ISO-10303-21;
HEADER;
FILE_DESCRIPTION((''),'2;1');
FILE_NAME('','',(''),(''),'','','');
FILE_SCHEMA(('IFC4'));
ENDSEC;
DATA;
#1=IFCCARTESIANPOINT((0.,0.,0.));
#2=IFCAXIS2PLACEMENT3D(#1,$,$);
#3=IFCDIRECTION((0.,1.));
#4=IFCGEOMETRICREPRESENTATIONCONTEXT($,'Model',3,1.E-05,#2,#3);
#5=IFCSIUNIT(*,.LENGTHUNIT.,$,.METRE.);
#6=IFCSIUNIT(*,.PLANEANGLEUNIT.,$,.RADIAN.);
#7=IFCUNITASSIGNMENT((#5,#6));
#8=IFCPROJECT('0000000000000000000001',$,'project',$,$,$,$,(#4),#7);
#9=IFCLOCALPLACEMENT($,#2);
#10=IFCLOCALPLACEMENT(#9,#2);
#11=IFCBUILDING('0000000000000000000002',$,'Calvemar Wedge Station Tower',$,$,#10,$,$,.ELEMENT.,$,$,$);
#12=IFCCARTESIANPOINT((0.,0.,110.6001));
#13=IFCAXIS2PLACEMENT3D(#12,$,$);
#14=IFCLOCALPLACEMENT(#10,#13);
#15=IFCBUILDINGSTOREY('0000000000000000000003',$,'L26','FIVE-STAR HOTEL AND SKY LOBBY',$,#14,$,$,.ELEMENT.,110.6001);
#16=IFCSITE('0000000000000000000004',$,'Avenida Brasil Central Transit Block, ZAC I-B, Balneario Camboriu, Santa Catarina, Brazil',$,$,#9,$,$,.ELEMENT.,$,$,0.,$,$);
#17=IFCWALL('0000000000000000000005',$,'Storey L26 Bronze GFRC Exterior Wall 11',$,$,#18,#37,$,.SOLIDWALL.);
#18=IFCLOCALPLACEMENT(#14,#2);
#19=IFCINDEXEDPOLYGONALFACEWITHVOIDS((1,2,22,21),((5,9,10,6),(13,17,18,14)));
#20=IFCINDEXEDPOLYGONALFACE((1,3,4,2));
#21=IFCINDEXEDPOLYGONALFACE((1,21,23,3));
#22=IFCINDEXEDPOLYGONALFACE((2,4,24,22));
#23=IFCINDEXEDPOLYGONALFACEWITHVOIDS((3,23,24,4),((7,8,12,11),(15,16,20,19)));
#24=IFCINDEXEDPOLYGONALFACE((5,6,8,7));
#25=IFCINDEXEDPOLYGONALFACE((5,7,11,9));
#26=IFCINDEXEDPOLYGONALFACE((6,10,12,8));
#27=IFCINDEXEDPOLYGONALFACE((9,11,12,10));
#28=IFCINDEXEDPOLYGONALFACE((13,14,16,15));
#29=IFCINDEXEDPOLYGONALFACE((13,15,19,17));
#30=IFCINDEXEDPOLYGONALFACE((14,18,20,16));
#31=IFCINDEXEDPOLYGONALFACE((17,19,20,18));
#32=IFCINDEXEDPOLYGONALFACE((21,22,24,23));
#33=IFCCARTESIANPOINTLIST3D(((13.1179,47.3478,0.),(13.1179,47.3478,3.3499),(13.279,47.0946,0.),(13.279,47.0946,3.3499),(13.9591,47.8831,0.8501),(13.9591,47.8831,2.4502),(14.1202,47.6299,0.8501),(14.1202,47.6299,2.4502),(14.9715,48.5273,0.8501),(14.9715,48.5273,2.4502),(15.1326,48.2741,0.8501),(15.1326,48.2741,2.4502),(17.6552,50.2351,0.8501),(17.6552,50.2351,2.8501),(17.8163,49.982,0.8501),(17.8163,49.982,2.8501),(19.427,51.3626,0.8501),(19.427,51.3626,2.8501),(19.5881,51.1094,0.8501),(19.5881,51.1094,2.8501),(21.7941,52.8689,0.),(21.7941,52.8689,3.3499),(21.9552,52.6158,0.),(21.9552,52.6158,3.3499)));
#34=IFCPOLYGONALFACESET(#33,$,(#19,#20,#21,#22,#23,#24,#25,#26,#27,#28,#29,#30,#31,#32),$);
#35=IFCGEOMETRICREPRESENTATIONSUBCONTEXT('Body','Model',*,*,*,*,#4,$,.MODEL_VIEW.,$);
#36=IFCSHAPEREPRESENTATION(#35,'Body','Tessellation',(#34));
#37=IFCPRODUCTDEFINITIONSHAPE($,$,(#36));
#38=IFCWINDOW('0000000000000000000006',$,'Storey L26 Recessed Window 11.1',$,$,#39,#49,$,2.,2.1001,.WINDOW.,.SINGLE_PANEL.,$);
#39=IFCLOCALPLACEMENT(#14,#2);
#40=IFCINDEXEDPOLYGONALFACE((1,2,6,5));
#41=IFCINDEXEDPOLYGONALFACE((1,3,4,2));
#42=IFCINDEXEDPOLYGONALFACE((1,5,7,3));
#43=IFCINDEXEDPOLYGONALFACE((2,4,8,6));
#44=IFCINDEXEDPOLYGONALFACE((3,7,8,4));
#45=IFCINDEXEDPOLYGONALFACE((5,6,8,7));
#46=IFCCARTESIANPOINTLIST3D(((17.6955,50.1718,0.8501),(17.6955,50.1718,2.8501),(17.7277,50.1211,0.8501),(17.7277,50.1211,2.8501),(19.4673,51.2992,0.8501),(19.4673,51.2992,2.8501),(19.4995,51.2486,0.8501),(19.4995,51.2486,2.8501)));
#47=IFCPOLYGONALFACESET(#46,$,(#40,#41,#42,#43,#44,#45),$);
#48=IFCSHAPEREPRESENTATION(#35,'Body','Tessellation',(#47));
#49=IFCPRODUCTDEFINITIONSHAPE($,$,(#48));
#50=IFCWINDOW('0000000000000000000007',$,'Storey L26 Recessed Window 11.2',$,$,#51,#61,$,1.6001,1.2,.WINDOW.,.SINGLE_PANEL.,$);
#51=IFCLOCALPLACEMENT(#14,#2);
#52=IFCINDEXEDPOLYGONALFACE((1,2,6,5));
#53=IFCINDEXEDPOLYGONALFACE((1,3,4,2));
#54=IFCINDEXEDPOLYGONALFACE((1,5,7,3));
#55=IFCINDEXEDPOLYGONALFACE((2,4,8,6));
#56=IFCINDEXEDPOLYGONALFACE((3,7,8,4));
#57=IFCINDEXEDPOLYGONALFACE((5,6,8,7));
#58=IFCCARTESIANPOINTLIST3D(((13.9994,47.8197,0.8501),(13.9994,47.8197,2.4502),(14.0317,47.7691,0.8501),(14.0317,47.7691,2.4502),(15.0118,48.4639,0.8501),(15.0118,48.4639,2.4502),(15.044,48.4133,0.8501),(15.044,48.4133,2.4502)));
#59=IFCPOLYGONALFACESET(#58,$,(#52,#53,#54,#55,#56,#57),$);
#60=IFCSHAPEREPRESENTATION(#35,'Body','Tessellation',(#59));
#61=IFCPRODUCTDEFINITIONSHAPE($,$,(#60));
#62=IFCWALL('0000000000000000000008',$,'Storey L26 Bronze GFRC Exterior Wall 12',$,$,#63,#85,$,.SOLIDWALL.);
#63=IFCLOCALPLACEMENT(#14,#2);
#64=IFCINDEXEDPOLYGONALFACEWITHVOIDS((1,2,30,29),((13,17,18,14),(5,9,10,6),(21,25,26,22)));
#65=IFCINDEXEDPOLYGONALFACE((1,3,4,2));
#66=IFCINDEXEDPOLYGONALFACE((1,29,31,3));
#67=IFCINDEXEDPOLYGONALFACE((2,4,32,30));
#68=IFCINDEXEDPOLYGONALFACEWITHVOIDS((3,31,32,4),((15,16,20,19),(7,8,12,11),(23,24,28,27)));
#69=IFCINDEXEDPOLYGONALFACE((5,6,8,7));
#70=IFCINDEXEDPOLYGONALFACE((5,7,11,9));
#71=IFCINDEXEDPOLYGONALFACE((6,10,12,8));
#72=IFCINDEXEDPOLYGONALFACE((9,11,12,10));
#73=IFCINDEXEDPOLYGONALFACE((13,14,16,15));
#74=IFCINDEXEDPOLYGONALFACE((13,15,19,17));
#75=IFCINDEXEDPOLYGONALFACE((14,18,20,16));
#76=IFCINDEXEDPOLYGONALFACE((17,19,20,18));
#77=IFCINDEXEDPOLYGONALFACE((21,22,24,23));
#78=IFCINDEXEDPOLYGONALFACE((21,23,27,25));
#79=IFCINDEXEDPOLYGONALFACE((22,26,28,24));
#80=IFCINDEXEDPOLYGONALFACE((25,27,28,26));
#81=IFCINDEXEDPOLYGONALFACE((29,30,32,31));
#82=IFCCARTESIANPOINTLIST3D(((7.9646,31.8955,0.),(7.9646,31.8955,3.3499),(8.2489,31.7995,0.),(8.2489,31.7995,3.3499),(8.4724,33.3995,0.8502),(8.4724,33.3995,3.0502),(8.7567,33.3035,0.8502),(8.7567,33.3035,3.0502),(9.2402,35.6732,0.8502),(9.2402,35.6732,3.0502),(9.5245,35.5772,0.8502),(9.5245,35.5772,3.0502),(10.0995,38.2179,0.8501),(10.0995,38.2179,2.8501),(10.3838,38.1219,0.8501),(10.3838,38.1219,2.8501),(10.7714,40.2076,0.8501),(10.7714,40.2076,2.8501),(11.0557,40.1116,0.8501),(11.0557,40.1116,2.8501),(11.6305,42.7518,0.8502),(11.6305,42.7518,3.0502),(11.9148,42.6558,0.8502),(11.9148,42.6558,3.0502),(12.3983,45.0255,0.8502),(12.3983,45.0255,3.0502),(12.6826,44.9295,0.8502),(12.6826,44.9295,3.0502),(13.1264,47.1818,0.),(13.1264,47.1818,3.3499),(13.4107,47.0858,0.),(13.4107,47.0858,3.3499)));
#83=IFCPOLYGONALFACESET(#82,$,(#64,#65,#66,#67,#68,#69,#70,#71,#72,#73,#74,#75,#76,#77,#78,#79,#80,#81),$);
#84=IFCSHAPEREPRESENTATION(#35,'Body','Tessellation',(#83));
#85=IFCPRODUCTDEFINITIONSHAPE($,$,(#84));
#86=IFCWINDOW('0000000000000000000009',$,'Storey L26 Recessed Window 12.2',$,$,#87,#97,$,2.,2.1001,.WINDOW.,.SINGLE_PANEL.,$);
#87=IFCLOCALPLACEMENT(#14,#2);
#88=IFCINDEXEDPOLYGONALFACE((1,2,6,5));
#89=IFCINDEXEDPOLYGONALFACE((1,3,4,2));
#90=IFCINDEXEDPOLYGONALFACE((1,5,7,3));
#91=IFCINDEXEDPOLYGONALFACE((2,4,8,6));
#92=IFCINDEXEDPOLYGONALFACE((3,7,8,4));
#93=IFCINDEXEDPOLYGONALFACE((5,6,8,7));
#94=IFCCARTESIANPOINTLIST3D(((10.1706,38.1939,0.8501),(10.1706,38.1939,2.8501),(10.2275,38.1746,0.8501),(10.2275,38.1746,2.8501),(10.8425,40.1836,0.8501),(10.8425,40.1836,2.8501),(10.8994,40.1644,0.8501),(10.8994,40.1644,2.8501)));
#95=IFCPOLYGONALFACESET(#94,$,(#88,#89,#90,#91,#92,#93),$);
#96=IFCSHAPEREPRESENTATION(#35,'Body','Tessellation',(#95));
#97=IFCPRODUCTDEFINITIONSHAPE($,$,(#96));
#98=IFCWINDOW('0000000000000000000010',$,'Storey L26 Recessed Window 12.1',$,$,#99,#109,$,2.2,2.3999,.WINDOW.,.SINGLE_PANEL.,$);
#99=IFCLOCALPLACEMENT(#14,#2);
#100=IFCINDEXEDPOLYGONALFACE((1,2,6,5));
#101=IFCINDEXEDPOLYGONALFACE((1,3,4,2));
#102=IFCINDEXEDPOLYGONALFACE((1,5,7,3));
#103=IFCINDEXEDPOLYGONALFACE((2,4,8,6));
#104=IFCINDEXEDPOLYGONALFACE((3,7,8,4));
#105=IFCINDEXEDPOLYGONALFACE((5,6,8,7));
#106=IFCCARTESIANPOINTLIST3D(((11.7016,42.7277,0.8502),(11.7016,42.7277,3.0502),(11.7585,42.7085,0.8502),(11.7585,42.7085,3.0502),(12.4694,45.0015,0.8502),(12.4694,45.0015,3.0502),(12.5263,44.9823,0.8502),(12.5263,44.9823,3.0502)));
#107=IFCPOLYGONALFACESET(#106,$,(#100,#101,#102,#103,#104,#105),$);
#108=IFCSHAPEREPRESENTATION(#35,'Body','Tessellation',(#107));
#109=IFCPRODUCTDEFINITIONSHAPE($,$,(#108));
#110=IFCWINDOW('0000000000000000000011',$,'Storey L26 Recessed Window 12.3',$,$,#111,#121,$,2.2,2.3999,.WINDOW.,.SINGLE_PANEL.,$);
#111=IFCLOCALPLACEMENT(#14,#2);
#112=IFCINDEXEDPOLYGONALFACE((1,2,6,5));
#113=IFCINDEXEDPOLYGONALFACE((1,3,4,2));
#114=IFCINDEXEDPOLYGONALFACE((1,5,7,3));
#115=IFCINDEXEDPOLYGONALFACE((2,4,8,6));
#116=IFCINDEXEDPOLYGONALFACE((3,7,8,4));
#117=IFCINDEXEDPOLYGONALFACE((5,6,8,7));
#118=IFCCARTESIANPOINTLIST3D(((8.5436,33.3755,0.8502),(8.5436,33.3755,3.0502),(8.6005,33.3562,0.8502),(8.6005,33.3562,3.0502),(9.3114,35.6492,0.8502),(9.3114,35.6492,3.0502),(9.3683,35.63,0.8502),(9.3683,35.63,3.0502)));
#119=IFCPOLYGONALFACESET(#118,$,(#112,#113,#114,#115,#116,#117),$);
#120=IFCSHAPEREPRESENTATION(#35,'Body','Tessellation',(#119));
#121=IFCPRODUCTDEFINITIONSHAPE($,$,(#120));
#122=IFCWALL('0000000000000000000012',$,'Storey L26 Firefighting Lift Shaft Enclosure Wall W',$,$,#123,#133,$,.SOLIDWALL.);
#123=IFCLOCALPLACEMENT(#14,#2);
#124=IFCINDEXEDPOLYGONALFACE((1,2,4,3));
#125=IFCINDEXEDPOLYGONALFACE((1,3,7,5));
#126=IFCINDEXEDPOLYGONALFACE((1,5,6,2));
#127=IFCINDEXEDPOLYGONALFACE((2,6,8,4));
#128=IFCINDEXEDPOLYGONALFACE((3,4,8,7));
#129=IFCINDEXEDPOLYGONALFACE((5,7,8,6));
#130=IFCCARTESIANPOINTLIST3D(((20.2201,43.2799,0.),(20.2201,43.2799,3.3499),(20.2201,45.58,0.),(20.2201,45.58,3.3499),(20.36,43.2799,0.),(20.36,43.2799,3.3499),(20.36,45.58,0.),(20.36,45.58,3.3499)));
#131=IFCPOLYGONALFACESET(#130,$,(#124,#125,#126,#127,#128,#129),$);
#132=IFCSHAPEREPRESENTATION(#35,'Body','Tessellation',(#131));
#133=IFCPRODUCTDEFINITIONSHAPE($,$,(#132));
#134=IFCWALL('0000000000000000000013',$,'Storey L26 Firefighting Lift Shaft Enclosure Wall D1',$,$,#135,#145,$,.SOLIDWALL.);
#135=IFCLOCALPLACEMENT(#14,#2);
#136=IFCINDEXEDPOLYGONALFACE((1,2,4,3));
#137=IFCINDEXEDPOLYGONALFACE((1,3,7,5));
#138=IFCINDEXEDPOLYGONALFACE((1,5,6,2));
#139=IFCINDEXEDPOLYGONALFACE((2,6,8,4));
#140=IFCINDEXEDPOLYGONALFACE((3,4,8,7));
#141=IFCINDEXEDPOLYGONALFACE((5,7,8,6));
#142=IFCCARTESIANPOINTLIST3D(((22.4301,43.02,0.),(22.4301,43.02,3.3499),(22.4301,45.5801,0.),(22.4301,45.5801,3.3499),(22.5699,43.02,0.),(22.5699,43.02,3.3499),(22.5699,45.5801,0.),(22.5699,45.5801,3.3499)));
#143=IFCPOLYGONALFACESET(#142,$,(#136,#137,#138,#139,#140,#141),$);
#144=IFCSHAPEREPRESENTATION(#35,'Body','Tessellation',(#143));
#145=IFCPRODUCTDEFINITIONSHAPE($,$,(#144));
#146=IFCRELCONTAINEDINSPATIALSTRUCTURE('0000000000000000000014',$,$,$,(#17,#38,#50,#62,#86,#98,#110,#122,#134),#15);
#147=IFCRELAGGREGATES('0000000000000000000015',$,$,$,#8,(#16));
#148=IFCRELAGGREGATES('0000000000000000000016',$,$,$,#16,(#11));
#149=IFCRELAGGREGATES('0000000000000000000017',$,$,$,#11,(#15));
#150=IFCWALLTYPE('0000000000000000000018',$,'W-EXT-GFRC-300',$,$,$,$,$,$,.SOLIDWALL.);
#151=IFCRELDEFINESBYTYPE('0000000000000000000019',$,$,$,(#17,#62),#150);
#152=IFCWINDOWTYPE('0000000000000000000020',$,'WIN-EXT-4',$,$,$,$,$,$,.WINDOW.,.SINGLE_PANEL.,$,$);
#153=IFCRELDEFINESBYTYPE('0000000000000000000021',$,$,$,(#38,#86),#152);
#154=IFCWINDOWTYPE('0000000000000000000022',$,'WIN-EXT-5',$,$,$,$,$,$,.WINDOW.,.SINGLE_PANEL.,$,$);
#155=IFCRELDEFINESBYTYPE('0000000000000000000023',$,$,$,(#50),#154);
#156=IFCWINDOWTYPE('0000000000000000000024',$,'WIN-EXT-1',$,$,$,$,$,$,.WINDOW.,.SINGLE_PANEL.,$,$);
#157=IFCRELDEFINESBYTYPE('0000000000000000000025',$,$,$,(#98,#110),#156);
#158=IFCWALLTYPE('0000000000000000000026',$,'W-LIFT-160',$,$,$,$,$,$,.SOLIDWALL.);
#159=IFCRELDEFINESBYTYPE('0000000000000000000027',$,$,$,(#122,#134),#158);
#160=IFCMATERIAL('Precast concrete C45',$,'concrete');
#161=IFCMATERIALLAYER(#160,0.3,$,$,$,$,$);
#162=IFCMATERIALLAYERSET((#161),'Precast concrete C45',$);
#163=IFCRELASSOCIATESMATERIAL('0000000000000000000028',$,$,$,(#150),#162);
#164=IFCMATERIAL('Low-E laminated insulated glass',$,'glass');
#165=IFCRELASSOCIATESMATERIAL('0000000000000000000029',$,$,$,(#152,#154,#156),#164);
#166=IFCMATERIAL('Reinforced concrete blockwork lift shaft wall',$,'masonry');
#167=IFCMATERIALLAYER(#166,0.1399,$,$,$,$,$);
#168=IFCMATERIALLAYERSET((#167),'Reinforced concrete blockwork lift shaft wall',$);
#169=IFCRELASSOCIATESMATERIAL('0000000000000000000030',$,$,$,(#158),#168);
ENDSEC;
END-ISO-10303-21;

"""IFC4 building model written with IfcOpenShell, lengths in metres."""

from ifc_helpers import new_model, si_unit, direction, frame, frame_2d, origin, place, context, subcontext, project, spatial, rectangle, extrude, source, transform, mapped, material, layer, layer_set, type_object, element, fill, save


model = new_model("IFC4")

# Units and contexts
model_context = context("Model", 3, precision=1e-05, world=origin(), true_north=direction((0.0, 1.0)))
body_context = subcontext(model_context, "Body", "Model", "MODEL_VIEW")
ifc_project = project(units=[si_unit("LENGTHUNIT", "METRE"), si_unit("PLANEANGLEUNIT", "RADIAN")], contexts=[model_context])

# Site, building, storey
site_placement = place(None, origin())
site = spatial("IfcSite", under=ifc_project, at=site_placement, Name="Avenida Brasil Central Transit Block, ZAC I-B, Balneario Camboriu, Santa Catarina, Brazil", CompositionType="ELEMENT", RefElevation=0.0)
building_placement = place(site_placement, origin())
building = spatial("IfcBuilding", under=site, at=building_placement, Name="Calvemar Wedge Station Tower", CompositionType="ELEMENT")
storey_placement = place(building_placement, frame((0.0, 0.0, 110.6001)))
storey = spatial("IfcBuildingStorey", under=building, at=storey_placement, Name="L26", Description="FIVE-STAR HOTEL AND SKY LOBBY", CompositionType="ELEMENT", Elevation=110.6001)

# Shared definitions
ifc_material_1 = material(Name="Precast concrete C45", Category="concrete")
ifc_layer_1 = layer(ifc_material_1, 0.3)
ifc_layer_set_1 = layer_set([ifc_layer_1], Name="Precast concrete C45")
wall_type_1 = type_object("IfcWallType", Name="W-EXT-GFRC-300", PredefinedType="SOLIDWALL", material=ifc_layer_set_1)

# Walls, openings, windows
wall_1_placement = place(storey_placement, frame((21.8748, 52.7424, 0.0), z_axis=(0.0, 0.0, 1.0), x_axis=(-0.843662, -0.536874, 0.0)))
wall_1 = element("IfcWall", 1, at=wall_1_placement, inside=storey, type_object=wall_type_1, Name="Storey L26 Bronze GFRC Exterior Wall 11", PredefinedType="SOLIDWALL", context=body_context, shape_type="SweptSolid", body=[
    extrude(rectangle(XDim=10.2839, YDim=0.3, at=frame_2d((5.1421, 0.0))), origin(), (0.0, 0.0, 1.0), 3.3499),
])
shared_shape_1 = source(origin(), body_context, "Body", "SweptSolid", [
    extrude(rectangle(XDim=2.1001, YDim=2.0, at=frame_2d((1.05, 1.0))), frame((0.0, 0.1602, 0.0), z_axis=(0.0, -1.0, 0.0), x_axis=(1.0, 0.0, 0.0)), (0.0, 0.0, 1.0), 0.3201),
])
opening_1_placement = place(wall_1_placement, frame((2.8059, 0.0, 0.8501)))
opening_1 = element("IfcOpeningElement", 2, at=opening_1_placement, cuts=wall_1, PredefinedType="OPENING", context=body_context, shape_type="MappedRepresentation", body=[
    mapped(shared_shape_1, transform((0.0, 0.0, 0.0), scale=1.0)),
])
shared_shape_2 = source(origin(), body_context, "Body", "SweptSolid", [
    extrude(rectangle(XDim=1.2, YDim=1.6001, at=frame_2d((0.6001, 0.8))), frame((0.0, 0.1602, 0.0), z_axis=(0.0, -1.0, 0.0), x_axis=(1.0, 0.0, 0.0)), (0.0, 0.0, 1.0), 0.3201),
])
opening_2_placement = place(wall_1_placement, frame((8.0869, 0.0, 0.8501)))
opening_2 = element("IfcOpeningElement", 3, at=opening_2_placement, cuts=wall_1, PredefinedType="OPENING", context=body_context, shape_type="MappedRepresentation", body=[
    mapped(shared_shape_2, transform((0.0, 0.0, 0.0), scale=1.0)),
])
ifc_material_2 = material(Name="Low-E laminated insulated glass", Category="glass")
window_type_1 = type_object("IfcWindowType", Name="WIN-EXT-4", PartitioningType="SINGLE_PANEL", PredefinedType="WINDOW", material=ifc_material_2)
shared_shape_3 = source(origin(), body_context, "Body", "SweptSolid", [
    extrude(rectangle(XDim=2.1001, YDim=2.0, at=frame_2d((1.05, 1.0))), frame((0.0, -0.0149, 0.0), z_axis=(0.0, -1.0, 0.0), x_axis=(1.0, 0.0, 0.0)), (0.0, 0.0, 1.0), 0.0601),
])
window_1_placement = place(opening_1_placement, origin())
window_1 = element("IfcWindow", 4, at=window_1_placement, inside=storey, type_object=window_type_1, Name="Storey L26 Recessed Window 11.1", OverallHeight=2.0, OverallWidth=2.1001, PartitioningType="SINGLE_PANEL", PredefinedType="WINDOW", context=body_context, shape_type="MappedRepresentation", body=[
    mapped(shared_shape_3, transform((0.0, 0.0, 0.0), scale=1.0)),
])
fill(opening_1, window_1)
window_type_2 = type_object("IfcWindowType", Name="WIN-EXT-5", PartitioningType="SINGLE_PANEL", PredefinedType="WINDOW", material=ifc_material_2)
shared_shape_4 = source(origin(), body_context, "Body", "SweptSolid", [
    extrude(rectangle(XDim=1.2, YDim=1.6001, at=frame_2d((0.6001, 0.8))), frame((0.0, -0.0149, 0.0), z_axis=(0.0, -1.0, 0.0), x_axis=(1.0, 0.0, 0.0)), (0.0, 0.0, 1.0), 0.0601),
])
window_2_placement = place(opening_2_placement, origin())
window_2 = element("IfcWindow", 5, at=window_2_placement, inside=storey, type_object=window_type_2, Name="Storey L26 Recessed Window 11.2", OverallHeight=1.6001, OverallWidth=1.2, PartitioningType="SINGLE_PANEL", PredefinedType="WINDOW", context=body_context, shape_type="MappedRepresentation", body=[
    mapped(shared_shape_4, transform((0.0, 0.0, 0.0), scale=1.0)),
])
fill(opening_2, window_2)
wall_2_placement = place(storey_placement, frame((13.2686, 47.1338, 0.0), z_axis=(0.0, 0.0, 1.0), x_axis=(-0.31993, -0.947441, 0.0)))
wall_2 = element("IfcWall", 6, at=wall_2_placement, inside=storey, type_object=wall_type_1, Name="Storey L26 Bronze GFRC Exterior Wall 12", PredefinedType="SOLIDWALL", context=body_context, shape_type="SweptSolid", body=[
    extrude(rectangle(XDim=16.1343, YDim=0.3, at=frame_2d((8.0671, 0.0))), origin(), (0.0, 0.0, 1.0), 3.3499),
])
shared_shape_5 = source(origin(), body_context, "Body", "SweptSolid", [
    extrude(rectangle(XDim=2.3999, YDim=2.2, at=frame_2d((1.2, 1.1001))), frame((0.0, 0.1602, 0.0), z_axis=(0.0, -1.0, 0.0), x_axis=(1.0, 0.0, 0.0)), (0.0, 0.0, 1.0), 0.3201),
])
opening_3_placement = place(wall_2_placement, frame((2.2759, 0.0, 0.8501)))
opening_3 = element("IfcOpeningElement", 7, at=opening_3_placement, cuts=wall_2, PredefinedType="OPENING", context=body_context, shape_type="MappedRepresentation", body=[
    mapped(shared_shape_5, transform((0.0, 0.0, 0.0), scale=1.0)),
])
opening_4_placement = place(wall_2_placement, frame((7.3611, 0.0, 0.8501)))
opening_4 = element("IfcOpeningElement", 8, at=opening_4_placement, cuts=wall_2, PredefinedType="OPENING", context=body_context, shape_type="MappedRepresentation", body=[
    mapped(shared_shape_1, transform((0.0, 0.0, 0.0), scale=1.0)),
])
opening_5_placement = place(wall_2_placement, frame((12.147, 0.0, 0.8501)))
opening_5 = element("IfcOpeningElement", 9, at=opening_5_placement, cuts=wall_2, PredefinedType="OPENING", context=body_context, shape_type="MappedRepresentation", body=[
    mapped(shared_shape_5, transform((0.0, 0.0, 0.0), scale=1.0)),
])
window_3_placement = place(opening_4_placement, origin())
window_3 = element("IfcWindow", 10, at=window_3_placement, inside=storey, type_object=window_type_1, Name="Storey L26 Recessed Window 12.2", OverallHeight=2.0, OverallWidth=2.1001, PartitioningType="SINGLE_PANEL", PredefinedType="WINDOW", context=body_context, shape_type="MappedRepresentation", body=[
    mapped(shared_shape_3, transform((0.0, 0.0, 0.0), scale=1.0)),
])
fill(opening_4, window_3)
window_type_3 = type_object("IfcWindowType", Name="WIN-EXT-1", PartitioningType="SINGLE_PANEL", PredefinedType="WINDOW", material=ifc_material_2)
shared_shape_6 = source(origin(), body_context, "Body", "SweptSolid", [
    extrude(rectangle(XDim=2.3999, YDim=2.2, at=frame_2d((1.2, 1.1001))), frame((0.0, -0.0149, 0.0), z_axis=(0.0, -1.0, 0.0), x_axis=(1.0, 0.0, 0.0)), (0.0, 0.0, 1.0), 0.0601),
])
window_4_placement = place(opening_3_placement, origin())
window_4 = element("IfcWindow", 11, at=window_4_placement, inside=storey, type_object=window_type_3, Name="Storey L26 Recessed Window 12.1", OverallHeight=2.2, OverallWidth=2.3999, PartitioningType="SINGLE_PANEL", PredefinedType="WINDOW", context=body_context, shape_type="MappedRepresentation", body=[
    mapped(shared_shape_6, transform((0.0, 0.0, 0.0), scale=1.0)),
])
fill(opening_3, window_4)
window_5_placement = place(opening_5_placement, origin())
window_5 = element("IfcWindow", 12, at=window_5_placement, inside=storey, type_object=window_type_3, Name="Storey L26 Recessed Window 12.3", OverallHeight=2.2, OverallWidth=2.3999, PartitioningType="SINGLE_PANEL", PredefinedType="WINDOW", context=body_context, shape_type="MappedRepresentation", body=[
    mapped(shared_shape_6, transform((0.0, 0.0, 0.0), scale=1.0)),
])
fill(opening_5, window_5)

# Shared definitions
ifc_material_3 = material(Name="Reinforced concrete blockwork lift shaft wall", Category="masonry")
ifc_layer_2 = layer(ifc_material_3, 0.1399)
ifc_layer_set_2 = layer_set([ifc_layer_2], Name="Reinforced concrete blockwork lift shaft wall")
wall_type_2 = type_object("IfcWallType", Name="W-LIFT-160", PredefinedType="SOLIDWALL", material=ifc_layer_set_2)

# Walls
wall_3_placement = place(storey_placement, frame((20.29, 43.28, 0.0), z_axis=(0.0, 0.0, 1.0), x_axis=(0.0, 1.0, 0.0)))
element("IfcWall", 13, at=wall_3_placement, inside=storey, type_object=wall_type_2, Name="Storey L26 Firefighting Lift Shaft Enclosure Wall W", PredefinedType="SOLIDWALL", context=body_context, shape_type="SweptSolid", body=[
    extrude(rectangle(XDim=2.3, YDim=0.1399, at=frame_2d((1.1499, 0.0))), origin(), (0.0, 0.0, 1.0), 3.3499),
])
wall_4_placement = place(storey_placement, frame((22.5, 43.02, 0.0), z_axis=(0.0, 0.0, 1.0), x_axis=(0.0, 1.0, 0.0)))
element("IfcWall", 14, at=wall_4_placement, inside=storey, type_object=wall_type_2, Name="Storey L26 Firefighting Lift Shaft Enclosure Wall D1", PredefinedType="SOLIDWALL", context=body_context, shape_type="SweptSolid", body=[
    extrude(rectangle(XDim=2.5601, YDim=0.1399, at=frame_2d((1.28, 0.0))), origin(), (0.0, 0.0, 1.0), 3.3499),
])

save(model, "model.ifc")
